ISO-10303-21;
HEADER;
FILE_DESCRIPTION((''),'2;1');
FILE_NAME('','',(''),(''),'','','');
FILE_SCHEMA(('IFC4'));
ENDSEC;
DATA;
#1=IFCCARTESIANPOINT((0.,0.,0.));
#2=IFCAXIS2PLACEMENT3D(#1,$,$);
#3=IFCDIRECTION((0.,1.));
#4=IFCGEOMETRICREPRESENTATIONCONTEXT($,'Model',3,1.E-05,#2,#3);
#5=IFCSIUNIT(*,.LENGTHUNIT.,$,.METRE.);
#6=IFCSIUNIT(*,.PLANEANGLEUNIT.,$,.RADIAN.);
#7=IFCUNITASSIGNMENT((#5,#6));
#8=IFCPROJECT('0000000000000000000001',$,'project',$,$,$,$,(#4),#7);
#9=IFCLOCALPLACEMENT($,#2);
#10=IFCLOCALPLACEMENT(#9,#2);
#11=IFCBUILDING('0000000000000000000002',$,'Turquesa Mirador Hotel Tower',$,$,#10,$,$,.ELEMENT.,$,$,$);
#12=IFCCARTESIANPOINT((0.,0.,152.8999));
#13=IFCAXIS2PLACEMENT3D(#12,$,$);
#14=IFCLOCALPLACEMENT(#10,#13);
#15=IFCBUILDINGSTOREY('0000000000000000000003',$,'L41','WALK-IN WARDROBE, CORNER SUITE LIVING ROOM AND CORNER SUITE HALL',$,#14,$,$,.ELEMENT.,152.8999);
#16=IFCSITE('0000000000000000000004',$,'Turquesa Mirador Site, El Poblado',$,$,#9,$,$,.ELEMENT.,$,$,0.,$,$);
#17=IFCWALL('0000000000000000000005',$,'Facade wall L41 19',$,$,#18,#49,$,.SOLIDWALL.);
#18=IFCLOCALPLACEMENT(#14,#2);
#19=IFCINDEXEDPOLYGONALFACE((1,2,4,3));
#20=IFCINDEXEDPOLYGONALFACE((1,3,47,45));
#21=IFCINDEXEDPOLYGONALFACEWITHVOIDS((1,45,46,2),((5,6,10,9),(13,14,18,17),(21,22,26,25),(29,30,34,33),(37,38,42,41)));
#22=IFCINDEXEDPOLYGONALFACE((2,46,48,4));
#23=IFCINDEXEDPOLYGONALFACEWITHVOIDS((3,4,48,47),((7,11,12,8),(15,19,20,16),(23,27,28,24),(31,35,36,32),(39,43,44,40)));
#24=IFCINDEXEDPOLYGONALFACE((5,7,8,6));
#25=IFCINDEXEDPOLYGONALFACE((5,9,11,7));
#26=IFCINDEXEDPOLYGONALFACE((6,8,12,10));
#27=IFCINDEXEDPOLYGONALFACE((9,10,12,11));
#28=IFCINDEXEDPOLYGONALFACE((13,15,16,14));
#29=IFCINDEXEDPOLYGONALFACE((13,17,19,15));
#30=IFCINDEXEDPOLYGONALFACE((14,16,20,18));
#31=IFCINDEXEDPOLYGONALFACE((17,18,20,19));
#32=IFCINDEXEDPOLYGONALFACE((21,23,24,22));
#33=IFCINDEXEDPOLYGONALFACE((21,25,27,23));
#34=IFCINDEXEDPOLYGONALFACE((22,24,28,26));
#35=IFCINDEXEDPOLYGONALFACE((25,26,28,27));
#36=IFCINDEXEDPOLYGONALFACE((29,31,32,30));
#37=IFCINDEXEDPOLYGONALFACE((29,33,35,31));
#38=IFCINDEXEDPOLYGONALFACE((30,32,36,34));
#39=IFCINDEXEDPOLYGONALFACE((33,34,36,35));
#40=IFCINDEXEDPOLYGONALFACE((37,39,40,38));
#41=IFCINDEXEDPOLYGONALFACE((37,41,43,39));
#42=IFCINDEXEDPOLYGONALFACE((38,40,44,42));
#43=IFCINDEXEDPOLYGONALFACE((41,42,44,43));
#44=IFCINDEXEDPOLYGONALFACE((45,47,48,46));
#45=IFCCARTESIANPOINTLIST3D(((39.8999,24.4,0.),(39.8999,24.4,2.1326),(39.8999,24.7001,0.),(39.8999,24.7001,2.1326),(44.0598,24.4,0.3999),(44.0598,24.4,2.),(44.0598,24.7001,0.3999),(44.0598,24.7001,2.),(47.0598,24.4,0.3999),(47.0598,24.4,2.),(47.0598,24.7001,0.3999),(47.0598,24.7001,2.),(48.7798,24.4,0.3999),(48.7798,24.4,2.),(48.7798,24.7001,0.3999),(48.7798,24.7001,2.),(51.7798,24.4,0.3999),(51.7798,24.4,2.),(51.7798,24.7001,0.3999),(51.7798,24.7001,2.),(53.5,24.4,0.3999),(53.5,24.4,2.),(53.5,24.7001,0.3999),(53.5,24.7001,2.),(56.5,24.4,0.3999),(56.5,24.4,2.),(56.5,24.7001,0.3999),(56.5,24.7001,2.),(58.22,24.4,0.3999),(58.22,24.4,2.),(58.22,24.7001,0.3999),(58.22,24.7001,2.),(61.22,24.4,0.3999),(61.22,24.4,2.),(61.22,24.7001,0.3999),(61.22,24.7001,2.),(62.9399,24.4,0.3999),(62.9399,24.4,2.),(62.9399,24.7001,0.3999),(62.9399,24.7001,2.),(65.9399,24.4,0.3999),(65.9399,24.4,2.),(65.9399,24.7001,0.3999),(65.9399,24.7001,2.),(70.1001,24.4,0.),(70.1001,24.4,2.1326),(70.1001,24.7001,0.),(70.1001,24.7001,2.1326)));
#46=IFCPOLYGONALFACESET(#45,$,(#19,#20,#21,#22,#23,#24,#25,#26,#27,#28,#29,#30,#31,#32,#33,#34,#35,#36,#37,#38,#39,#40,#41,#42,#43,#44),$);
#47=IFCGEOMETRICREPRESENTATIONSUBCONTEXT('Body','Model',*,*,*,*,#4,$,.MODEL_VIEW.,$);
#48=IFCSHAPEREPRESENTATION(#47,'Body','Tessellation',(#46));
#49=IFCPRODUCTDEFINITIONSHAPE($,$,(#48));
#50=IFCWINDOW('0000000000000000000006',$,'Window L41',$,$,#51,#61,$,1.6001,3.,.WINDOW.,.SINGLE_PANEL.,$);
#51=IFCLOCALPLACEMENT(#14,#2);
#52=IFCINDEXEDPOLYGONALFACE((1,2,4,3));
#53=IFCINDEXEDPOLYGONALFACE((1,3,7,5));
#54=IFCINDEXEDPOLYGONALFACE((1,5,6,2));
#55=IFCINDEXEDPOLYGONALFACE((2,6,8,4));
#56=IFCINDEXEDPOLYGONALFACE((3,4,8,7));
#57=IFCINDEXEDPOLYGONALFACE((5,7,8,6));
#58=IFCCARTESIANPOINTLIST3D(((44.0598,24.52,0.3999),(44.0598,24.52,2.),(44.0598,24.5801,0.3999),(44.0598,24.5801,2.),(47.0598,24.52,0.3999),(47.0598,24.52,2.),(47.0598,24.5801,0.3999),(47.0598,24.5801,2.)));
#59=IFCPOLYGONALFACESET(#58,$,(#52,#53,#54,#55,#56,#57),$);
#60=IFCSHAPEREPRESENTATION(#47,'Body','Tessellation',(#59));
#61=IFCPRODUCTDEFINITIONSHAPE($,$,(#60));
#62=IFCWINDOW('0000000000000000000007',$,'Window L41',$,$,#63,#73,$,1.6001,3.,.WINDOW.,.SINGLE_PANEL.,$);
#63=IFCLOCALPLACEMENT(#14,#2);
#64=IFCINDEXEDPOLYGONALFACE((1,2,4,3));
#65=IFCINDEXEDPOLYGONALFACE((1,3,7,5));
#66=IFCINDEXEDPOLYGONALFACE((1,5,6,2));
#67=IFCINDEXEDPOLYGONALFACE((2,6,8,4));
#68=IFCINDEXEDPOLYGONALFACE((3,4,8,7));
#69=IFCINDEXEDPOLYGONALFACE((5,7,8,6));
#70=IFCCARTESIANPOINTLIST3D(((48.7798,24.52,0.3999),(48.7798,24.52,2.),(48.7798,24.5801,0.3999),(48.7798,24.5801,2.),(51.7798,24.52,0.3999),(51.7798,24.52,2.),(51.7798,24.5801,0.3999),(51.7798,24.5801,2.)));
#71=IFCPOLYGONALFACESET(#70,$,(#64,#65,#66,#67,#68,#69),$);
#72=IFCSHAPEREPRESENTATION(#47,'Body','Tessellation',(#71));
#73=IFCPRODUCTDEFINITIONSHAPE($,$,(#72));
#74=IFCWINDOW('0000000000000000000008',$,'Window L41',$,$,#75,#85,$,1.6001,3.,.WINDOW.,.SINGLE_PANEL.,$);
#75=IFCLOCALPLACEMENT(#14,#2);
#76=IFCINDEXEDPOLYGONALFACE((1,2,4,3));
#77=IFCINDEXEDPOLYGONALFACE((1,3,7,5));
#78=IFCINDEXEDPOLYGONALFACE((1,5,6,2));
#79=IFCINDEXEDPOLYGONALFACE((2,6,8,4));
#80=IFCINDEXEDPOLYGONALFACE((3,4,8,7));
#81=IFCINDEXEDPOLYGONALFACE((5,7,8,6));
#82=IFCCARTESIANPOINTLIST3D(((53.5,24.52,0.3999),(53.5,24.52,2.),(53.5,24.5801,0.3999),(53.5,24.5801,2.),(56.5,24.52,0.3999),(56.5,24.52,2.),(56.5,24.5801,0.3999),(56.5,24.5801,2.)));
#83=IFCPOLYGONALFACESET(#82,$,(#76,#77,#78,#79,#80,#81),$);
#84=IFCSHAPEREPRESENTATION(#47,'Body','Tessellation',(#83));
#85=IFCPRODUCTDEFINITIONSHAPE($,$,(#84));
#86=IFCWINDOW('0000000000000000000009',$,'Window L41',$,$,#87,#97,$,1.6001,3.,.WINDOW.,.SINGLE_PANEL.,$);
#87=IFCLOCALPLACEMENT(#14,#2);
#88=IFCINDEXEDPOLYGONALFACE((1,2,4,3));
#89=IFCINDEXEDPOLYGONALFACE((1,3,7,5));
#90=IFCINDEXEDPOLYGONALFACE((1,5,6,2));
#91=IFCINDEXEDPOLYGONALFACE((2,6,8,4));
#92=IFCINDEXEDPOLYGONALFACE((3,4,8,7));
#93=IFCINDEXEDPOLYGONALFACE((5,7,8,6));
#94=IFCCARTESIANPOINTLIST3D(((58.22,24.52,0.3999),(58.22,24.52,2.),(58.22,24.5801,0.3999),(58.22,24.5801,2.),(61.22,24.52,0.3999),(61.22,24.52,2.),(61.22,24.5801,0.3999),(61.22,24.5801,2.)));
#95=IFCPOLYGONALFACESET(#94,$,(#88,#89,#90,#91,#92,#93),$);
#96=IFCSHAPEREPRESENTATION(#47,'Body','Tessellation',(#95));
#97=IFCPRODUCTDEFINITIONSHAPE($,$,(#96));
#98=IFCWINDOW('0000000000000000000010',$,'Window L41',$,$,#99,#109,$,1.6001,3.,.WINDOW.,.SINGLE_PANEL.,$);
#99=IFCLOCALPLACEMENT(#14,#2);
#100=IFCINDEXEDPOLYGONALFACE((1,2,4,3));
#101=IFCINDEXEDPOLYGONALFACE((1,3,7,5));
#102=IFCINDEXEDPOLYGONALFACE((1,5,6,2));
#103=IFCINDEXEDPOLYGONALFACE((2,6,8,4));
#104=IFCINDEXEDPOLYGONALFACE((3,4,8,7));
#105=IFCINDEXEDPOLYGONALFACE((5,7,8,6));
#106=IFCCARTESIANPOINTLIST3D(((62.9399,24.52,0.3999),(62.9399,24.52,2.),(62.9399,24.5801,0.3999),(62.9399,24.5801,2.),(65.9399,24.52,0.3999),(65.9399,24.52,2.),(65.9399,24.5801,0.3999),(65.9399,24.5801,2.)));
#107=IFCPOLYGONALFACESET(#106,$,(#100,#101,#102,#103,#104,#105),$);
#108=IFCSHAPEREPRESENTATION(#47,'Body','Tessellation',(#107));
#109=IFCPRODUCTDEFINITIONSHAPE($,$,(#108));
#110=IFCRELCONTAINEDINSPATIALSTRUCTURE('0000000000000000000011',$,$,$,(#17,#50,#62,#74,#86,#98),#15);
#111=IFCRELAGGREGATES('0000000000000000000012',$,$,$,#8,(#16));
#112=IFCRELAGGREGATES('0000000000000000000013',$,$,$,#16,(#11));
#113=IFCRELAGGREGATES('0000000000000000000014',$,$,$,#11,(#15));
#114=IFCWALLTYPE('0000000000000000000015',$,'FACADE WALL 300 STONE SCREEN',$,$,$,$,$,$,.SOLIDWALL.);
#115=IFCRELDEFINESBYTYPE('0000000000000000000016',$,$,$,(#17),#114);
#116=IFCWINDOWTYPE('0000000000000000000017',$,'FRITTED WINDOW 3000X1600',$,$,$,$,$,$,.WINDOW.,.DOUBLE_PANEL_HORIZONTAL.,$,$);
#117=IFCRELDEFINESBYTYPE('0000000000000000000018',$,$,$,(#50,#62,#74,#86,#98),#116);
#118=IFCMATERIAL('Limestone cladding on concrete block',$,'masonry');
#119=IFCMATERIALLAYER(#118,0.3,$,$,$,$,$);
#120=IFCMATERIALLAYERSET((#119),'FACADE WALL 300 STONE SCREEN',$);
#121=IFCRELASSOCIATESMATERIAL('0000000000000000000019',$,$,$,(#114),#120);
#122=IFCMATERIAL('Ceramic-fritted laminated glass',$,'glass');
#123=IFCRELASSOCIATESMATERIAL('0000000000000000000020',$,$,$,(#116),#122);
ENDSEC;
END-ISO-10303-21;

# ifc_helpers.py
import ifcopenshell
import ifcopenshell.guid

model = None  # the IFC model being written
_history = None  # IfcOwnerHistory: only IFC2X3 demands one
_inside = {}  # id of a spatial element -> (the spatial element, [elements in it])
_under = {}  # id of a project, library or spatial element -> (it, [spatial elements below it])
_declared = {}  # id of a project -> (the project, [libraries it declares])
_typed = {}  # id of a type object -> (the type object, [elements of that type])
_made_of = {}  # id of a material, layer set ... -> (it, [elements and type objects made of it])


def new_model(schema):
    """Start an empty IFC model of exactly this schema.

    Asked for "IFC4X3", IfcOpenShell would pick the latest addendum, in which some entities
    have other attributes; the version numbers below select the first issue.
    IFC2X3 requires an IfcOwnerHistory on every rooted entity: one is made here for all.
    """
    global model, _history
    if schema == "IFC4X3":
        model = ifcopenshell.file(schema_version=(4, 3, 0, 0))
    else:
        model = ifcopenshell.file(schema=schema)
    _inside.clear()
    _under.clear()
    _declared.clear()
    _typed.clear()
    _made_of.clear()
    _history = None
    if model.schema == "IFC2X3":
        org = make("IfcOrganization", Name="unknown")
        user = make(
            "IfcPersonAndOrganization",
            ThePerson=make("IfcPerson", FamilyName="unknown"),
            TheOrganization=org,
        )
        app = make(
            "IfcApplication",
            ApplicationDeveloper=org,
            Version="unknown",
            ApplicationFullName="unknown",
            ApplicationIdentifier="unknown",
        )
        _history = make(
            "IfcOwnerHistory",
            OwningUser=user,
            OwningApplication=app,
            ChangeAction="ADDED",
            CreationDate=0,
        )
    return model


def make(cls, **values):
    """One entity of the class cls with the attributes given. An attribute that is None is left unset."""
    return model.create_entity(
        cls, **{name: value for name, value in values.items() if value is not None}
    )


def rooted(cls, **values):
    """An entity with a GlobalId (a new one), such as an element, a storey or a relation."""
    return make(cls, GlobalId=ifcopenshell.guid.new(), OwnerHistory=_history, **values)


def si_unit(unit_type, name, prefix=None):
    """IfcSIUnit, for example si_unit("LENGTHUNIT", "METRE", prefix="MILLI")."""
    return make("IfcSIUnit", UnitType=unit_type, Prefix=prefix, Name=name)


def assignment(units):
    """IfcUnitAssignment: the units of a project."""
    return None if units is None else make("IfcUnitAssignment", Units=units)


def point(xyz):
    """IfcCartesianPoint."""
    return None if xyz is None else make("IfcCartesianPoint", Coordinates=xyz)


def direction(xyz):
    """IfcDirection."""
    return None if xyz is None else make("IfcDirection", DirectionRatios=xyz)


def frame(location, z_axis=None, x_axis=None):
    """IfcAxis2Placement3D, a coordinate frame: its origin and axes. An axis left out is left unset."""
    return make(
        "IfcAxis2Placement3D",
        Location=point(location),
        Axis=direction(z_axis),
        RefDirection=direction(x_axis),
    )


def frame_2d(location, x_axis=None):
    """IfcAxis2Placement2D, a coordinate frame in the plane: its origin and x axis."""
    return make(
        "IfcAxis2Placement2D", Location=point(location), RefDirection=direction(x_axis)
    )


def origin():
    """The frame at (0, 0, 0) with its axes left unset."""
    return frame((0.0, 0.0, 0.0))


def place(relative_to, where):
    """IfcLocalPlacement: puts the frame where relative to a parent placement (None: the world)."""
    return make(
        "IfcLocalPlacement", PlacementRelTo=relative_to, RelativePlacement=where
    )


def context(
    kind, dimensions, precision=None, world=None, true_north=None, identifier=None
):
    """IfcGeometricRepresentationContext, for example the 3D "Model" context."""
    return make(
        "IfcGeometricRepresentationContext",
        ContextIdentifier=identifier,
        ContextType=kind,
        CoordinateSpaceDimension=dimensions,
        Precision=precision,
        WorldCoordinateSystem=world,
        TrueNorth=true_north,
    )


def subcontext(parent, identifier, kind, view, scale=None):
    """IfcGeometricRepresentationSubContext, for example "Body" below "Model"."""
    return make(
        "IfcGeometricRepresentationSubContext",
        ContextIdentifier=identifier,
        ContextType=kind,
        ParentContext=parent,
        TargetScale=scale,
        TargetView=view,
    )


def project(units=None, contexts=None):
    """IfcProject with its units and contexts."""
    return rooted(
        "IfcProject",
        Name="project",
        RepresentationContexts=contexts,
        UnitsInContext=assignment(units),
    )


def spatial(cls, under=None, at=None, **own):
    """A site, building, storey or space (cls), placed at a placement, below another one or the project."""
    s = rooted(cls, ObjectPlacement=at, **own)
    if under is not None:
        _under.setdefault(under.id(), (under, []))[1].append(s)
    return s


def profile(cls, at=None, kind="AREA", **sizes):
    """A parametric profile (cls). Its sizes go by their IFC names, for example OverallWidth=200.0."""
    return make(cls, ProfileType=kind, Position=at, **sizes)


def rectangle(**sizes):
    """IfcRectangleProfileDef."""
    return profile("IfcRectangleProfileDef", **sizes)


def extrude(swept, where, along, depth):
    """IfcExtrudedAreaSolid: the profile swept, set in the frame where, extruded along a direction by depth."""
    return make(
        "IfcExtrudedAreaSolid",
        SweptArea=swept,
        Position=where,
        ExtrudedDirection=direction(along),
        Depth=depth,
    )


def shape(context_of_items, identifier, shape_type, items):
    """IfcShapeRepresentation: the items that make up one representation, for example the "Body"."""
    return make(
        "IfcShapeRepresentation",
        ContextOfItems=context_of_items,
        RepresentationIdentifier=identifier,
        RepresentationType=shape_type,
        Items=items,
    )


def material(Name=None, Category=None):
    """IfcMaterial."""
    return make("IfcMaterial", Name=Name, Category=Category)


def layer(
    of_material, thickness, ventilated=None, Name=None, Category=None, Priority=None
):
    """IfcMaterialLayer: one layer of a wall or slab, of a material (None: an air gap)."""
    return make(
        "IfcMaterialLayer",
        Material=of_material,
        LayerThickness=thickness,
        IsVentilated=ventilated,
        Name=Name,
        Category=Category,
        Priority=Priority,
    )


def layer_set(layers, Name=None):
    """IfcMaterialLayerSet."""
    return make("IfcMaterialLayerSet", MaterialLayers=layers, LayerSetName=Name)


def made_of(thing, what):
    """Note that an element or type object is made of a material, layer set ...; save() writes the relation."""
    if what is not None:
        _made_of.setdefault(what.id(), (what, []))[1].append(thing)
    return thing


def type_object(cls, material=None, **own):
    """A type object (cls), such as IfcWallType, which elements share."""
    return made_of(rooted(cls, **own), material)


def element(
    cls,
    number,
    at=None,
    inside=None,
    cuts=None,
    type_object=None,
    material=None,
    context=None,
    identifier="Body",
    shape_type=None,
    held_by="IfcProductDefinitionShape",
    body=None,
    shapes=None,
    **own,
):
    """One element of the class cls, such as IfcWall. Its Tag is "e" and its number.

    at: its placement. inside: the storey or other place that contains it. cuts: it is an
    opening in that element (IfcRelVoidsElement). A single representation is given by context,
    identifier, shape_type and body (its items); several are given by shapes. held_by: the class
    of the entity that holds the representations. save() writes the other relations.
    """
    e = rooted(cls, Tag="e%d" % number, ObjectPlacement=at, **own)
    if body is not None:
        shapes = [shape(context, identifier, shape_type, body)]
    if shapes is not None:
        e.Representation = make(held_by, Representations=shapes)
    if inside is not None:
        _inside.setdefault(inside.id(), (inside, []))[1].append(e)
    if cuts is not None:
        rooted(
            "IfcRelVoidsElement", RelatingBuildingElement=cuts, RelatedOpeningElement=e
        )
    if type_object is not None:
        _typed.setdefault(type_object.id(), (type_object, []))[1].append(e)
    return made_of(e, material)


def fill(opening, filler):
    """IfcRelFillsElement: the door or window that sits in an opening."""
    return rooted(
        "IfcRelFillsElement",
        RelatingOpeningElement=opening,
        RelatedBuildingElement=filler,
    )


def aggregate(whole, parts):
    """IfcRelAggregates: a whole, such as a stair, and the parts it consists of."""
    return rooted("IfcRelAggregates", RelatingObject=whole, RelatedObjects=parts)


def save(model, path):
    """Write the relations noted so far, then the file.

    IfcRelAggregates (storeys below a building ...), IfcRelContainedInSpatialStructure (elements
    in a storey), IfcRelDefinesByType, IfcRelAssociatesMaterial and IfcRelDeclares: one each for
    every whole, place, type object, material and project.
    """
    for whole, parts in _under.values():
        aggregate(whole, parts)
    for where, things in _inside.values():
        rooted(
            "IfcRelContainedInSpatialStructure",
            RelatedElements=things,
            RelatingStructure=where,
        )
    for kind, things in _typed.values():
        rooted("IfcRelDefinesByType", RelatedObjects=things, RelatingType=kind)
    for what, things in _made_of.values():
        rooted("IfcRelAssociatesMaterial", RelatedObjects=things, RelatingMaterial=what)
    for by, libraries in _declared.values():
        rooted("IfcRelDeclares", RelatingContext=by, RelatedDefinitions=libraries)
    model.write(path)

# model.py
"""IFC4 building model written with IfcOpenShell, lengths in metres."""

from ifc_helpers import new_model, si_unit, direction, frame, frame_2d, origin, place, context, subcontext, project, spatial, rectangle, extrude, material, layer, layer_set, type_object, element, fill, save


model = new_model("IFC4")

# Units and contexts
model_context = context("Model", 3, precision=1e-05, world=origin(), true_north=direction((0.0, 1.0)))
body_context = subcontext(model_context, "Body", "Model", "MODEL_VIEW")
ifc_project = project(units=[si_unit("LENGTHUNIT", "METRE"), si_unit("PLANEANGLEUNIT", "RADIAN")], contexts=[model_context])

# Site, building, storey
site_placement = place(None, origin())
site = spatial("IfcSite", under=ifc_project, at=site_placement, Name="Turquesa Mirador Site, El Poblado", CompositionType="ELEMENT", RefElevation=0.0)
building_placement = place(site_placement, origin())
building = spatial("IfcBuilding", under=site, at=building_placement, Name="Turquesa Mirador Hotel Tower", CompositionType="ELEMENT")
storey_placement = place(building_placement, frame((0.0, 0.0, 152.8999)))
storey = spatial("IfcBuildingStorey", under=building, at=storey_placement, Name="L41", Description="WALK-IN WARDROBE, CORNER SUITE LIVING ROOM AND CORNER SUITE HALL", CompositionType="ELEMENT", Elevation=152.8999)

# Shared definitions
ifc_material_1 = material(Name="Limestone cladding on concrete block", Category="masonry")
ifc_layer_1 = layer(ifc_material_1, 0.3)
ifc_layer_set_1 = layer_set([ifc_layer_1], Name="FACADE WALL 300 STONE SCREEN")
wall_type = type_object("IfcWallType", Name="FACADE WALL 300 STONE SCREEN", PredefinedType="SOLIDWALL", material=ifc_layer_set_1)

# Wall, openings, windows
wall_1_placement = place(storey_placement, frame((39.8999, 24.55, 0.0), z_axis=(0.0, 0.0, 1.0), x_axis=(1.0, 0.0, 0.0)))
wall_1 = element("IfcWall", 1, at=wall_1_placement, inside=storey, type_object=wall_type, Name="Facade wall L41 19", PredefinedType="SOLIDWALL", context=body_context, shape_type="SweptSolid", body=[
    extrude(rectangle(XDim=30.2002, YDim=0.3, at=frame_2d((15.1001, 0.0))), origin(), (0.0, 0.0, 1.0), 2.1326),
])
opening_1_placement = place(wall_1_placement, frame((4.1599, 0.0, 0.3999)))
opening_1 = element("IfcOpeningElement", 2, at=opening_1_placement, cuts=wall_1, PredefinedType="OPENING", context=body_context, shape_type="SweptSolid", body=[
    extrude(rectangle(XDim=3.0, YDim=1.6001, at=frame_2d((1.5, 0.8))), frame((0.0, 0.1599, 0.0), z_axis=(0.0, -1.0, 0.0), x_axis=(1.0, 0.0, 0.0)), (0.0, 0.0, 1.0), 0.3201),
])
opening_2_placement = place(wall_1_placement, frame((8.8799, 0.0, 0.3999)))
opening_2 = element("IfcOpeningElement", 3, at=opening_2_placement, cuts=wall_1, PredefinedType="OPENING", context=body_context, shape_type="SweptSolid", body=[
    extrude(rectangle(XDim=3.0, YDim=1.6001, at=frame_2d((1.5, 0.8))), frame((0.0, 0.1599, 0.0), z_axis=(0.0, -1.0, 0.0), x_axis=(1.0, 0.0, 0.0)), (0.0, 0.0, 1.0), 0.3201),
])
opening_3_placement = place(wall_1_placement, frame((13.6001, 0.0, 0.3999)))
opening_3 = element("IfcOpeningElement", 4, at=opening_3_placement, cuts=wall_1, PredefinedType="OPENING", context=body_context, shape_type="SweptSolid", body=[
    extrude(rectangle(XDim=3.0, YDim=1.6001, at=frame_2d((1.5, 0.8))), frame((0.0, 0.1599, 0.0), z_axis=(0.0, -1.0, 0.0), x_axis=(1.0, 0.0, 0.0)), (0.0, 0.0, 1.0), 0.3201),
])
opening_4_placement = place(wall_1_placement, frame((18.3201, 0.0, 0.3999)))
opening_4 = element("IfcOpeningElement", 5, at=opening_4_placement, cuts=wall_1, PredefinedType="OPENING", context=body_context, shape_type="SweptSolid", body=[
    extrude(rectangle(XDim=3.0, YDim=1.6001, at=frame_2d((1.5, 0.8))), frame((0.0, 0.1599, 0.0), z_axis=(0.0, -1.0, 0.0), x_axis=(1.0, 0.0, 0.0)), (0.0, 0.0, 1.0), 0.3201),
])
opening_5_placement = place(wall_1_placement, frame((23.04, 0.0, 0.3999)))
opening_5 = element("IfcOpeningElement", 6, at=opening_5_placement, cuts=wall_1, PredefinedType="OPENING", context=body_context, shape_type="SweptSolid", body=[
    extrude(rectangle(XDim=3.0, YDim=1.6001, at=frame_2d((1.5, 0.8))), frame((0.0, 0.1599, 0.0), z_axis=(0.0, -1.0, 0.0), x_axis=(1.0, 0.0, 0.0)), (0.0, 0.0, 1.0), 0.3201),
])
ifc_material_2 = material(Name="Ceramic-fritted laminated glass", Category="glass")
window_type_1 = type_object("IfcWindowType", Name="FRITTED WINDOW 3000X1600", PartitioningType="DOUBLE_PANEL_HORIZONTAL", PredefinedType="WINDOW", material=ifc_material_2)
window_1_placement = place(opening_1_placement, origin())
window_1 = element("IfcWindow", 7, at=window_1_placement, inside=storey, type_object=window_type_1, Name="Window L41", OverallHeight=1.6001, OverallWidth=3.0, PartitioningType="SINGLE_PANEL", PredefinedType="WINDOW", context=body_context, shape_type="SweptSolid", body=[
    extrude(rectangle(XDim=3.0, YDim=1.6001, at=frame_2d((1.5, 0.8))), frame((0.0, 0.03, 0.0), z_axis=(0.0, -1.0, 0.0), x_axis=(1.0, 0.0, 0.0)), (0.0, 0.0, 1.0), 0.0601),
])
fill(opening_1, window_1)
window_2_placement = place(opening_2_placement, origin())
window_2 = element("IfcWindow", 8, at=window_2_placement, inside=storey, type_object=window_type_1, Name="Window L41", OverallHeight=1.6001, OverallWidth=3.0, PartitioningType="SINGLE_PANEL", PredefinedType="WINDOW", context=body_context, shape_type="SweptSolid", body=[
    extrude(rectangle(XDim=3.0, YDim=1.6001, at=frame_2d((1.5, 0.8))), frame((0.0, 0.03, 0.0), z_axis=(0.0, -1.0, 0.0), x_axis=(1.0, 0.0, 0.0)), (0.0, 0.0, 1.0), 0.0601),
])
fill(opening_2, window_2)
window_3_placement = place(opening_3_placement, origin())
window_3 = element("IfcWindow", 9, at=window_3_placement, inside=storey, type_object=window_type_1, Name="Window L41", OverallHeight=1.6001, OverallWidth=3.0, PartitioningType="SINGLE_PANEL", PredefinedType="WINDOW", context=body_context, shape_type="SweptSolid", body=[
    extrude(rectangle(XDim=3.0, YDim=1.6001, at=frame_2d((1.5, 0.8))), frame((0.0, 0.03, 0.0), z_axis=(0.0, -1.0, 0.0), x_axis=(1.0, 0.0, 0.0)), (0.0, 0.0, 1.0), 0.0601),
])
fill(opening_3, window_3)
window_4_placement = place(opening_4_placement, origin())
window_4 = element("IfcWindow", 10, at=window_4_placement, inside=storey, type_object=window_type_1, Name="Window L41", OverallHeight=1.6001, OverallWidth=3.0, PartitioningType="SINGLE_PANEL", PredefinedType="WINDOW", context=body_context, shape_type="SweptSolid", body=[
    extrude(rectangle(XDim=3.0, YDim=1.6001, at=frame_2d((1.5, 0.8))), frame((0.0, 0.03, 0.0), z_axis=(0.0, -1.0, 0.0), x_axis=(1.0, 0.0, 0.0)), (0.0, 0.0, 1.0), 0.0601),
])
fill(opening_4, window_4)
window_5_placement = place(opening_5_placement, origin())
window_5 = element("IfcWindow", 11, at=window_5_placement, inside=storey, type_object=window_type_1, Name="Window L41", OverallHeight=1.6001, OverallWidth=3.0, PartitioningType="SINGLE_PANEL", PredefinedType="WINDOW", context=body_context, shape_type="SweptSolid", body=[
    extrude(rectangle(XDim=3.0, YDim=1.6001, at=frame_2d((1.5, 0.8))), frame((0.0, 0.03, 0.0), z_axis=(0.0, -1.0, 0.0), x_axis=(1.0, 0.0, 0.0)), (0.0, 0.0, 1.0), 0.0601),
])
fill(opening_5, window_5)

save(model, "model.ifc")
